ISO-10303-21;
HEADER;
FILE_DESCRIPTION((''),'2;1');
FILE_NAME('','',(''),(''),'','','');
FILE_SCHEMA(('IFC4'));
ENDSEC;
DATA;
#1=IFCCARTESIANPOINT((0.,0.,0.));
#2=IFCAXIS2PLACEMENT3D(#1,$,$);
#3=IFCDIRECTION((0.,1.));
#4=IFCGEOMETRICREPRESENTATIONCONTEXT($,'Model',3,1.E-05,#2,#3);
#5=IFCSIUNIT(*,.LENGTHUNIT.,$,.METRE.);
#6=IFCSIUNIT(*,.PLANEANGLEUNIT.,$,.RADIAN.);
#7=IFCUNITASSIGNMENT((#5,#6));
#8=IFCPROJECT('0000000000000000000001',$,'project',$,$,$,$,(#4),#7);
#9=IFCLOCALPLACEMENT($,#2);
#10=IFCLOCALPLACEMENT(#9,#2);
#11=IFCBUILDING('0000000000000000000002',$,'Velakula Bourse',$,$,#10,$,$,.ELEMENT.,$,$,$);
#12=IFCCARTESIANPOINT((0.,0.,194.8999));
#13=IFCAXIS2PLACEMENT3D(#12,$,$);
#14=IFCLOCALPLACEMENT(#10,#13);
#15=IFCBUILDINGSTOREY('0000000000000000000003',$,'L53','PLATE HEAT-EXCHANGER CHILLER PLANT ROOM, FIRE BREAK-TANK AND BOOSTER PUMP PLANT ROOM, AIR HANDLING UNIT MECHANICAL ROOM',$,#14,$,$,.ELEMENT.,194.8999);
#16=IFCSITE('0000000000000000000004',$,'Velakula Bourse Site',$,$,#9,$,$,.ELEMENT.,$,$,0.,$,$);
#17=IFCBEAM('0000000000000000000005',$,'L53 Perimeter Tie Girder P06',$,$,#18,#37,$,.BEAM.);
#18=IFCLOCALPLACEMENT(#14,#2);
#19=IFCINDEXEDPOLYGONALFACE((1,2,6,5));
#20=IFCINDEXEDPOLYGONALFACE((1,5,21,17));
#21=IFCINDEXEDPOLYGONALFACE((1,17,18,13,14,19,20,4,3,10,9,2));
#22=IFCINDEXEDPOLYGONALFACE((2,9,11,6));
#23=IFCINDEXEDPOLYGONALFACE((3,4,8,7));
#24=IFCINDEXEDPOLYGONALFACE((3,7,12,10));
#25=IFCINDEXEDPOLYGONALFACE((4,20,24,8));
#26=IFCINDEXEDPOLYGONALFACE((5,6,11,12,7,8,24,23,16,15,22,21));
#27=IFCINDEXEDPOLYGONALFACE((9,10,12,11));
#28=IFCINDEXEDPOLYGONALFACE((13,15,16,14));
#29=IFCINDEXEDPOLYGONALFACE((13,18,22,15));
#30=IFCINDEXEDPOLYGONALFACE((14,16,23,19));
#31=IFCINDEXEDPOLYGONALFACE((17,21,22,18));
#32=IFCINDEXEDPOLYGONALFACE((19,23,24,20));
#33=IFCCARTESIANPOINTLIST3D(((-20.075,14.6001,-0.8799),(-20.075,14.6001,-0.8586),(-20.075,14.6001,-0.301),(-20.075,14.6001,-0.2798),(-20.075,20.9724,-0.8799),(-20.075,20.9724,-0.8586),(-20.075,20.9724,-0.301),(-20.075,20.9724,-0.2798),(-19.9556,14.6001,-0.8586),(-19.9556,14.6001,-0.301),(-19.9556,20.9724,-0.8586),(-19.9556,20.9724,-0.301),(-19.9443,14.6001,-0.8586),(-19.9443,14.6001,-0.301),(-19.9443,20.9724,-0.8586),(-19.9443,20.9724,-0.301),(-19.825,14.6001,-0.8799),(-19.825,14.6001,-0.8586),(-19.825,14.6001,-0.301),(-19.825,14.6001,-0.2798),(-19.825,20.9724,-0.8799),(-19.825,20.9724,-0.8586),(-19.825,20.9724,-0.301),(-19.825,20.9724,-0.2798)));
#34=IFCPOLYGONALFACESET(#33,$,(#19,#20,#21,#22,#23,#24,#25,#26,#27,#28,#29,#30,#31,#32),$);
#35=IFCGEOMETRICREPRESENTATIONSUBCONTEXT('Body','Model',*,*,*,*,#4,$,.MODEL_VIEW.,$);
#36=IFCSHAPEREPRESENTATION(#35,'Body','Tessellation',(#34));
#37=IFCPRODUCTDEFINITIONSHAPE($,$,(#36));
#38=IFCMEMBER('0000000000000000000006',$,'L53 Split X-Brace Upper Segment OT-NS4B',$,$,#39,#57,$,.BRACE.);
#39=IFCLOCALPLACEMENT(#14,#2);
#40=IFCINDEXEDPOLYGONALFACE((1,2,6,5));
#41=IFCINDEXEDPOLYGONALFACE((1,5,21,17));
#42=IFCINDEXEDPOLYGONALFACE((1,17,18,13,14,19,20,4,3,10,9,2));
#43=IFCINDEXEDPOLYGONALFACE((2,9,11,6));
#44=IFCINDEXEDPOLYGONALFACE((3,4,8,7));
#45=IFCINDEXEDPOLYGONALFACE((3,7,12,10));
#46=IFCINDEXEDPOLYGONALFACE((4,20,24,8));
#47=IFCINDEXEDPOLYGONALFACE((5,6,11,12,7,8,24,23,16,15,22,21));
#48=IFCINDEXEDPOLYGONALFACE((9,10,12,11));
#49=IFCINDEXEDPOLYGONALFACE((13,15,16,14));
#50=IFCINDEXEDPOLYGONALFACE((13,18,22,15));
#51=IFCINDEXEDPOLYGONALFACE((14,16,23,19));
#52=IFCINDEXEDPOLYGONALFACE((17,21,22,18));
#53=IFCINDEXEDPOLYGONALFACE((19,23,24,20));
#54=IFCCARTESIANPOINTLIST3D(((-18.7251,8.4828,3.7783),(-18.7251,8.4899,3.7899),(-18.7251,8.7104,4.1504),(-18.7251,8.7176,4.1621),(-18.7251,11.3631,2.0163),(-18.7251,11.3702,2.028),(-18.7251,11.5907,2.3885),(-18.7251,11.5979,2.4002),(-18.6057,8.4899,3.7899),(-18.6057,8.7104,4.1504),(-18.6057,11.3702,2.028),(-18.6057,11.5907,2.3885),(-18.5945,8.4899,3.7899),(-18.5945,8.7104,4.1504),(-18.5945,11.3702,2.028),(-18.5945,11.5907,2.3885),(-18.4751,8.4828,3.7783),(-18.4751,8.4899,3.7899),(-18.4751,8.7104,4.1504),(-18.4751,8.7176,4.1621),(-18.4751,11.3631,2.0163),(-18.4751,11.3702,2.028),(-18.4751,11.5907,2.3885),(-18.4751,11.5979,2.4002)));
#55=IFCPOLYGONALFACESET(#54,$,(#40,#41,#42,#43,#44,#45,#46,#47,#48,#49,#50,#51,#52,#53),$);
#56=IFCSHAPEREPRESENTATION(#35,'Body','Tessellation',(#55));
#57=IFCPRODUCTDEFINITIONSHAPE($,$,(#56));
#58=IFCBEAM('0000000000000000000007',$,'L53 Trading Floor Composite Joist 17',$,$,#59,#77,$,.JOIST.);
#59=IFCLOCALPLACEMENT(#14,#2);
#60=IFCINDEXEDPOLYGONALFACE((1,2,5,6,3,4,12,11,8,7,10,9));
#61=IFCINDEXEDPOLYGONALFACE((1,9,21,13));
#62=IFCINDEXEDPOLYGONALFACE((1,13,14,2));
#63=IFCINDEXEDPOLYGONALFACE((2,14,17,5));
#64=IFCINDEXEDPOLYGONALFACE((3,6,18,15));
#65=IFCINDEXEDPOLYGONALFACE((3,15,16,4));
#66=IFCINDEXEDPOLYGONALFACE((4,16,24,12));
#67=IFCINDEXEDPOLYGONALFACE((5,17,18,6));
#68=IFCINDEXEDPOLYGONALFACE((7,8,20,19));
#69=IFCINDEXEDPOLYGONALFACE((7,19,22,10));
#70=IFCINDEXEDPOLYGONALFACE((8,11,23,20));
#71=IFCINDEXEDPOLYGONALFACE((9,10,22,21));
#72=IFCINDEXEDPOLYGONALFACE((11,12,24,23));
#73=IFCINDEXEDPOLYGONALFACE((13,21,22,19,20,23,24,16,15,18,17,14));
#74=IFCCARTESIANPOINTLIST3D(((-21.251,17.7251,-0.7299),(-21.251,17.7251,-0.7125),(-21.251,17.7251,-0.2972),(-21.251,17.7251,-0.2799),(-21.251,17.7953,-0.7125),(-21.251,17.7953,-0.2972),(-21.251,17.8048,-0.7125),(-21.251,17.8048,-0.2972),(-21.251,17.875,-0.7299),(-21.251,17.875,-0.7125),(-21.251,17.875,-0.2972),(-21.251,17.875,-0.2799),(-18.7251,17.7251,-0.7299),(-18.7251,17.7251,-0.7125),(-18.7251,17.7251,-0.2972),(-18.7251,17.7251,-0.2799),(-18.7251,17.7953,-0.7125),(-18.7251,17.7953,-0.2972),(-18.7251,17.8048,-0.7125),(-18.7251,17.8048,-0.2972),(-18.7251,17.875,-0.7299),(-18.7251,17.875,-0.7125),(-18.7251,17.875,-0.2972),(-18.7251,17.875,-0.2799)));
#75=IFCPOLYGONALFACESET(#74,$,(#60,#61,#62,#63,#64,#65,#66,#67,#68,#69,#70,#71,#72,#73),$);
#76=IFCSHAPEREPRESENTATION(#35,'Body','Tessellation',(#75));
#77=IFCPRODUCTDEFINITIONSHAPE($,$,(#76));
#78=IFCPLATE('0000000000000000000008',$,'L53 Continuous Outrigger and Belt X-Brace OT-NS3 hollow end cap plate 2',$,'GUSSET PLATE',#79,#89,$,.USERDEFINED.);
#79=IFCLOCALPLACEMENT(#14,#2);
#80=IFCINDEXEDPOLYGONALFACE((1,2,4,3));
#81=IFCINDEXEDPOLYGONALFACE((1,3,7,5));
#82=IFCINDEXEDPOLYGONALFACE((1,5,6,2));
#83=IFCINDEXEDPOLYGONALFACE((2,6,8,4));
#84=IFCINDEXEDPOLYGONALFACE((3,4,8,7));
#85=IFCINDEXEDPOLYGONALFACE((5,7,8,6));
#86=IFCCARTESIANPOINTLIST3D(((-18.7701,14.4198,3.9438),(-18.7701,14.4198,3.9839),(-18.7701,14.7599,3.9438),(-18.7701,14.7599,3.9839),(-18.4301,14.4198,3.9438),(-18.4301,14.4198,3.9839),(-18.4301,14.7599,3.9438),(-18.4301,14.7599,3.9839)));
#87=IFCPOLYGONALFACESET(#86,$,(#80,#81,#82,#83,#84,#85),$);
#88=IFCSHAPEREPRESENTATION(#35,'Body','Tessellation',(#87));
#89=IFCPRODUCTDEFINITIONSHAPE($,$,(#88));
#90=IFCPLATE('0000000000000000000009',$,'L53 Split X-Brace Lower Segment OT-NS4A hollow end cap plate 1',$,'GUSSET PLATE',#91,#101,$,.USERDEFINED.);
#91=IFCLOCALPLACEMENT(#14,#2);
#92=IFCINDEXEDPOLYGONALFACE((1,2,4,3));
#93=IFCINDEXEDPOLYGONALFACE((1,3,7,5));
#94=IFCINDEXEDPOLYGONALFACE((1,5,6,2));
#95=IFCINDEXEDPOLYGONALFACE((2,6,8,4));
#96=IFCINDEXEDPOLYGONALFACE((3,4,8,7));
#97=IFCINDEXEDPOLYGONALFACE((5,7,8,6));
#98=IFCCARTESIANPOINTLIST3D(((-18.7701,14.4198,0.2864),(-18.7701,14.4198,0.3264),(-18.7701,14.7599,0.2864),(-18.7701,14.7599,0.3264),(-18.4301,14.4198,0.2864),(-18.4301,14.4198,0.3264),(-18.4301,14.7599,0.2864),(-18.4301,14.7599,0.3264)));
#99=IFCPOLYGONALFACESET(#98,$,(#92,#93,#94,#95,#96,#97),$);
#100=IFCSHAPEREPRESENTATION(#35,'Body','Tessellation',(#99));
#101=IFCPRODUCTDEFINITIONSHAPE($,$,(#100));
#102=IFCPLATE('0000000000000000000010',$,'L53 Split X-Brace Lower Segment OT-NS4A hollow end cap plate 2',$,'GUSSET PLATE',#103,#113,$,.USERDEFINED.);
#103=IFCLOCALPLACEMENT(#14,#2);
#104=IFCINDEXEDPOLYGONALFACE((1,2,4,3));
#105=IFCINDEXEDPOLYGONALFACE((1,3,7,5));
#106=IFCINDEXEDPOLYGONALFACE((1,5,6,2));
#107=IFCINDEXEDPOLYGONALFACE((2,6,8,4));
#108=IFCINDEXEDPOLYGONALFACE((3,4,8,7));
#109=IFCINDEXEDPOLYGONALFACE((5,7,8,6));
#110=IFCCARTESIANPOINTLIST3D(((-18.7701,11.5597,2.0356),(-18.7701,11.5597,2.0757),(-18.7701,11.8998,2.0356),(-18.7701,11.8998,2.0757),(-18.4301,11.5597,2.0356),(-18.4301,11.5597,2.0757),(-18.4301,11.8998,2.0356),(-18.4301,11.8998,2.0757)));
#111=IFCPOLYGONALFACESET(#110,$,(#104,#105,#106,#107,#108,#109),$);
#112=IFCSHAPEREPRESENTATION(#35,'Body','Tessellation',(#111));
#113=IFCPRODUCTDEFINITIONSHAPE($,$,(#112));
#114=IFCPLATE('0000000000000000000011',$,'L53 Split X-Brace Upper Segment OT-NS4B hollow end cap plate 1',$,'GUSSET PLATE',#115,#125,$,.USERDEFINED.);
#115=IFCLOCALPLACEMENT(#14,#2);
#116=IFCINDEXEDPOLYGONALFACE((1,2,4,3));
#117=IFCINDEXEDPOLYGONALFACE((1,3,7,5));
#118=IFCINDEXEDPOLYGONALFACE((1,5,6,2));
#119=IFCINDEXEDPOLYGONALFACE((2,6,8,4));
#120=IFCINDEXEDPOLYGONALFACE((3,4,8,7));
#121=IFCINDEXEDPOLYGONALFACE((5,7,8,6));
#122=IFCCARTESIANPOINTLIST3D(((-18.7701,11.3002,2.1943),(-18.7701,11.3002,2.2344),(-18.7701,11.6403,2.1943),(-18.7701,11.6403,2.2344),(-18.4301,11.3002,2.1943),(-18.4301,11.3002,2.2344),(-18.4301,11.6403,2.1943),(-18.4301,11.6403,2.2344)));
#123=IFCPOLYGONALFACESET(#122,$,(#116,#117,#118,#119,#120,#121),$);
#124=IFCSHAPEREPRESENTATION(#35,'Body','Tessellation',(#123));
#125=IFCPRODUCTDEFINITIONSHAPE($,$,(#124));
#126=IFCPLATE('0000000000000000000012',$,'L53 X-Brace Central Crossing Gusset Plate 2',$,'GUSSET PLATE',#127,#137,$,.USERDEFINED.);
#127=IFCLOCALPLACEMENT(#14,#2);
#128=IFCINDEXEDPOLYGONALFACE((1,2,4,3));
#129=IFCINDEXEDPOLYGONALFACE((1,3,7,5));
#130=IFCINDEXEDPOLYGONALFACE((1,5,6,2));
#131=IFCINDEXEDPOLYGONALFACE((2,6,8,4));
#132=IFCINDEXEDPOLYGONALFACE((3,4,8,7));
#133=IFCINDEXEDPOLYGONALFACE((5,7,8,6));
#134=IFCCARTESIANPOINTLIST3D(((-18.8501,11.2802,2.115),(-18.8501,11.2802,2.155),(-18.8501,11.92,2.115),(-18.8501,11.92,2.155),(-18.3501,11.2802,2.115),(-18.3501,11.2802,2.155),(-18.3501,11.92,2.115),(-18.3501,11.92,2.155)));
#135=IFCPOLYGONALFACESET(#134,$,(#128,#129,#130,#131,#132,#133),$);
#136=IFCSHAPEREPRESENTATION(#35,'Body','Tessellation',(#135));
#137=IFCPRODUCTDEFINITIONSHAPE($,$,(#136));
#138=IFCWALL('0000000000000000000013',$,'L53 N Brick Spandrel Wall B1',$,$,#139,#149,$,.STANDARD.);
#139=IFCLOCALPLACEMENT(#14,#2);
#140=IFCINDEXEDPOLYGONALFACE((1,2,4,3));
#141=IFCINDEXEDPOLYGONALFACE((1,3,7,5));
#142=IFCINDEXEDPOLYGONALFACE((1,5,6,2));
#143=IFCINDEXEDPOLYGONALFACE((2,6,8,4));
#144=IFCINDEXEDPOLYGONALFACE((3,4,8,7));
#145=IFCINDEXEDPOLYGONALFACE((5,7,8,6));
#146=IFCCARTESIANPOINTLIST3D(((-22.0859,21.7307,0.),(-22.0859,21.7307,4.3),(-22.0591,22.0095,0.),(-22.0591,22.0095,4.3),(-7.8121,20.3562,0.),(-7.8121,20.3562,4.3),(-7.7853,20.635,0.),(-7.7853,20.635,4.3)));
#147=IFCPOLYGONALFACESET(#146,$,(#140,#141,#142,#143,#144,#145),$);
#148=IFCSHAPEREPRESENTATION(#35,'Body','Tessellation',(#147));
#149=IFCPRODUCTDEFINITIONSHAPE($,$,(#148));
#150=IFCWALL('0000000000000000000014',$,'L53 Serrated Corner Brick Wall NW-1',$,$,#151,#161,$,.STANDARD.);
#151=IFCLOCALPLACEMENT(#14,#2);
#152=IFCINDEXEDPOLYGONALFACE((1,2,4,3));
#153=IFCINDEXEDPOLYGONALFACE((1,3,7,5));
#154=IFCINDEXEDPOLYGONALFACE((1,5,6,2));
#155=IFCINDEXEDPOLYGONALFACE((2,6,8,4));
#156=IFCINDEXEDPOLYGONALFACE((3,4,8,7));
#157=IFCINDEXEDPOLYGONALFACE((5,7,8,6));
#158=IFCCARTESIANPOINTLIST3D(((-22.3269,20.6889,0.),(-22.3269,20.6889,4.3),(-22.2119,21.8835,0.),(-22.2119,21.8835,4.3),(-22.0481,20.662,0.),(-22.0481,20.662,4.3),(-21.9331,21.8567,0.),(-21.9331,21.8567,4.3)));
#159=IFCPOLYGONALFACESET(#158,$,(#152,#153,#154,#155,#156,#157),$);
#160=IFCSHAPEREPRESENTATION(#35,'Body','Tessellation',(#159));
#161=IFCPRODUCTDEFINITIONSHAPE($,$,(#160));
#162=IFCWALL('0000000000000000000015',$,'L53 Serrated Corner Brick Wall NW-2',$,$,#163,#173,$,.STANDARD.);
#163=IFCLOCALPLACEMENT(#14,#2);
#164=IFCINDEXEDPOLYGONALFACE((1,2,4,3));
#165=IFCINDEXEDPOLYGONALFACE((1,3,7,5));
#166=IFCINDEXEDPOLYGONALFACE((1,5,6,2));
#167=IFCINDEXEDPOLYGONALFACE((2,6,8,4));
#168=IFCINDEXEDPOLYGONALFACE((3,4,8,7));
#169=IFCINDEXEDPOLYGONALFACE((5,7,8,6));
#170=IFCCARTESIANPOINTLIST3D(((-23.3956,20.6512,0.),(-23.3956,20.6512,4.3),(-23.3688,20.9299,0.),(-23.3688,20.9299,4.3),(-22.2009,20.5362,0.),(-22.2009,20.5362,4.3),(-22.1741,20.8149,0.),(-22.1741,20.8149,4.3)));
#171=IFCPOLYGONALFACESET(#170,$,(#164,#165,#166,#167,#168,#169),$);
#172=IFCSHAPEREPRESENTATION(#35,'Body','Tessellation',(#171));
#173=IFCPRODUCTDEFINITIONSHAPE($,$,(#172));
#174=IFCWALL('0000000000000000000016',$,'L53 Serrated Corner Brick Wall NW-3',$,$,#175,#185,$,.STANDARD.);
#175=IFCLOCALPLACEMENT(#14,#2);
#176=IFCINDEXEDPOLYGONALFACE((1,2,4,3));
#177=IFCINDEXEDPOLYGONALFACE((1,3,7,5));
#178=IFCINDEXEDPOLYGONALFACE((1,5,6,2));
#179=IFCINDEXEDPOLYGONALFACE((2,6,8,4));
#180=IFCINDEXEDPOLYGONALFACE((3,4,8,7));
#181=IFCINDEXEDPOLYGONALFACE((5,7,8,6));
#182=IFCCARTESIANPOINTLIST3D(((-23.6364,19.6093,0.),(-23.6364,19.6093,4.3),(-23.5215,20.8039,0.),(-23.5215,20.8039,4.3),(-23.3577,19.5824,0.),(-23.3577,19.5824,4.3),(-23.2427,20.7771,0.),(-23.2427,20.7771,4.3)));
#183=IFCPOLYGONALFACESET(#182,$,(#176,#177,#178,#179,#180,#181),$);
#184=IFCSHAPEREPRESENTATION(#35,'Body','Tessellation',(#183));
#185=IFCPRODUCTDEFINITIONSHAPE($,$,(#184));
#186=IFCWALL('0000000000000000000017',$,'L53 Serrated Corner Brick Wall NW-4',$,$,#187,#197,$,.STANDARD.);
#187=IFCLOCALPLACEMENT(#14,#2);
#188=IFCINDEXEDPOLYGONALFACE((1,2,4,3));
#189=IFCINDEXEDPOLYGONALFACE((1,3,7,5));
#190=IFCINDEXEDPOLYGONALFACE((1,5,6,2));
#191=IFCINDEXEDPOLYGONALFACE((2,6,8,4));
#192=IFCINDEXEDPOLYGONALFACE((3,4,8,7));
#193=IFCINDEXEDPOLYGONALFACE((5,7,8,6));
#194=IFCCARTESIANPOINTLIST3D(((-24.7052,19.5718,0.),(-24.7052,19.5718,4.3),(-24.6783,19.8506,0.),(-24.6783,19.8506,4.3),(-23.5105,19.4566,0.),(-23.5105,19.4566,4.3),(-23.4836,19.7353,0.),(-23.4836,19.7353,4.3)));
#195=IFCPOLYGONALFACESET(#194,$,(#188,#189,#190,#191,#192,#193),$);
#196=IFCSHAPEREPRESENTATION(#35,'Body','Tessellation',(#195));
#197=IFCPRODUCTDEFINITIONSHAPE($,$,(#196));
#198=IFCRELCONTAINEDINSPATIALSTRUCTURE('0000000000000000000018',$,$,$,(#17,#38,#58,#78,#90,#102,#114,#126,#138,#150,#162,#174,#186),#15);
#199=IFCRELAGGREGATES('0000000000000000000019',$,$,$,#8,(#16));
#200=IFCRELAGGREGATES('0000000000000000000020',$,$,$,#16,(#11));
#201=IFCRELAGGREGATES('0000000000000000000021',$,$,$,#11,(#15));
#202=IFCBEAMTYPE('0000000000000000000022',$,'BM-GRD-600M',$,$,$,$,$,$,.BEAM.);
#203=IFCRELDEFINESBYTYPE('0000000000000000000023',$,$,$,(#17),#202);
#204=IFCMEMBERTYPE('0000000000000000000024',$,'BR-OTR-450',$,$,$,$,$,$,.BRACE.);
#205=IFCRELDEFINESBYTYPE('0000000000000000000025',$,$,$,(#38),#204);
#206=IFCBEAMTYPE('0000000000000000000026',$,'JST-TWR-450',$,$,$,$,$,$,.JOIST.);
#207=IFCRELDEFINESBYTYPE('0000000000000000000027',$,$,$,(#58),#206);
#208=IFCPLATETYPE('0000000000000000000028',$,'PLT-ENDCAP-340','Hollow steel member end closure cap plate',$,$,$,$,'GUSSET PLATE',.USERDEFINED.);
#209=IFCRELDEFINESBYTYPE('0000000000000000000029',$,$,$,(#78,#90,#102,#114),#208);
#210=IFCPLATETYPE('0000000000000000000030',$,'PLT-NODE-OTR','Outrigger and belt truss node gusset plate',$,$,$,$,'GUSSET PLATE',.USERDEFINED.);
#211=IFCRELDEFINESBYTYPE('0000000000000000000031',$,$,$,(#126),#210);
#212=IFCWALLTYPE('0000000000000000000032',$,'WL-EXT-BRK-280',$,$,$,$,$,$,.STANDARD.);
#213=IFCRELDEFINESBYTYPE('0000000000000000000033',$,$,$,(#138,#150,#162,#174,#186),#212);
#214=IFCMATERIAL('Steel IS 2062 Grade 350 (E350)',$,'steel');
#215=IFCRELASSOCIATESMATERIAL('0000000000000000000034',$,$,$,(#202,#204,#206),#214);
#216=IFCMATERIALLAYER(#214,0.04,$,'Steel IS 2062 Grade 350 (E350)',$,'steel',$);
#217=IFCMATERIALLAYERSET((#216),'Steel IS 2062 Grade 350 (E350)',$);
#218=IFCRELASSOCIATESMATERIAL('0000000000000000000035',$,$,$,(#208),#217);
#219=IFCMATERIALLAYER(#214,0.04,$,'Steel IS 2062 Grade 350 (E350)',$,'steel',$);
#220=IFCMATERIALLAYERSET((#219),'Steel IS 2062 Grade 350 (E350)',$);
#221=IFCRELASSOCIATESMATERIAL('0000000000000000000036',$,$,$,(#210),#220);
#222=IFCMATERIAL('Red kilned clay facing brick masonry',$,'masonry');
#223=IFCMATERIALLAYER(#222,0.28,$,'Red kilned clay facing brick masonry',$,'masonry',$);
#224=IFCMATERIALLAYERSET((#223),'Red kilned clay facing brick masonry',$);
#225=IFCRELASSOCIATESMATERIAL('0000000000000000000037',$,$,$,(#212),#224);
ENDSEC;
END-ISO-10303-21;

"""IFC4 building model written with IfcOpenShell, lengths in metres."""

from ifc_helpers import new_model, si_unit, direction, frame, frame_2d, origin, origin_2d, place, context, subcontext, project, spatial, rectangle, i_section, extrude, material, layer, layer_set, material_profile, profile_set, type_object, element, save


model = new_model("IFC4")

# Units and contexts
model_context = context("Model", 3, precision=1e-05, world=origin(), true_north=direction((0.0, 1.0)))
body_context = subcontext(model_context, "Body", "Model", "MODEL_VIEW")
ifc_project = project(units=[si_unit("LENGTHUNIT", "METRE"), si_unit("PLANEANGLEUNIT", "RADIAN")], contexts=[model_context])

# Site, building, storey
site_placement = place(None, origin())
site = spatial("IfcSite", under=ifc_project, at=site_placement, Name="Velakula Bourse Site", CompositionType="ELEMENT", RefElevation=0.0)
building_placement = place(site_placement, origin())
building = spatial("IfcBuilding", under=site, at=building_placement, Name="Velakula Bourse", CompositionType="ELEMENT")
storey_placement = place(building_placement, frame((0.0, 0.0, 194.8999)))
storey = spatial("IfcBuildingStorey", under=building, at=storey_placement, Name="L53", Description="PLATE HEAT-EXCHANGER CHILLER PLANT ROOM, FIRE BREAK-TANK AND BOOSTER PUMP PLANT ROOM, AIR HANDLING UNIT MECHANICAL ROOM", CompositionType="ELEMENT", Elevation=194.8999)

# Shared definitions
ifc_material_1 = material(Name="Steel IS 2062 Grade 350 (E350)", Category="steel")

# Beam
ifc_material_profile_1 = material_profile(ifc_material_1, i_section(OverallWidth=0.25, OverallDepth=0.6001, WebThickness=0.0112, FlangeThickness=0.0212, at=origin_2d()), Name="Steel IS 2062 Grade 350 (E350)")
ifc_profile_set_1 = profile_set([ifc_material_profile_1], Name="Steel IS 2062 Grade 350 (E350)")
beam_type_1 = type_object("IfcBeamType", Name="BM-GRD-600M", PredefinedType="BEAM", material=ifc_profile_set_1)
beam_1_placement = place(storey_placement, frame((-19.95, 14.6001, -0.5798), z_axis=(0.0, 1.0, 0.0), x_axis=(-1.0, 0.0, 0.0)))
element("IfcBeam", 1, at=beam_1_placement, inside=storey, type_object=beam_type_1, Name="L53 Perimeter Tie Girder P06", PredefinedType="BEAM", context=body_context, shape_type="SweptSolid", body=[
    extrude(i_section(OverallWidth=0.25, OverallDepth=0.6001, WebThickness=0.0112, FlangeThickness=0.0212, at=origin_2d()), origin(), (0.0, 0.0, 1.0), 6.3723),
])

# Member
ifc_material_profile_2 = material_profile(ifc_material_1, i_section(OverallWidth=0.25, OverallDepth=0.45, WebThickness=0.0112, FlangeThickness=0.0137, at=origin_2d()), Name="Steel IS 2062 Grade 350 (E350)")
ifc_profile_set_2 = profile_set([ifc_material_profile_2], Name="Steel IS 2062 Grade 350 (E350)")
member_type = type_object("IfcMemberType", Name="BR-OTR-450", PredefinedType="BRACE", material=ifc_profile_set_2)
member_placement = place(storey_placement, frame((-18.6001, 11.4805, 2.2083), z_axis=(0.0, -0.853053, 0.521824), x_axis=(1.0, 0.0, 0.0)))
element("IfcMember", 2, at=member_placement, inside=storey, type_object=member_type, Name="L53 Split X-Brace Upper Segment OT-NS4B", PredefinedType="BRACE", context=body_context, shape_type="SweptSolid", body=[
    extrude(i_section(OverallWidth=0.25, OverallDepth=0.45, WebThickness=0.0112, FlangeThickness=0.0137, at=origin_2d()), origin(), (0.0, 0.0, 1.0), 3.3765),
])

# Beam
ifc_material_profile_3 = material_profile(ifc_material_1, i_section(OverallWidth=0.1499, OverallDepth=0.45, WebThickness=0.0095, FlangeThickness=0.0173, at=origin_2d()), Name="Steel IS 2062 Grade 350 (E350)")
ifc_profile_set_3 = profile_set([ifc_material_profile_3], Name="Steel IS 2062 Grade 350 (E350)")
beam_type_2 = type_object("IfcBeamType", Name="JST-TWR-450", PredefinedType="JOIST", material=ifc_profile_set_3)
beam_2_placement = place(storey_placement, frame((-21.251, 17.8, -0.5049), z_axis=(1.0, 0.0, 0.0), x_axis=(0.0, 1.0, 0.0)))
element("IfcBeam", 3, at=beam_2_placement, inside=storey, type_object=beam_type_2, Name="L53 Trading Floor Composite Joist 17", PredefinedType="JOIST", context=body_context, shape_type="SweptSolid", body=[
    extrude(i_section(OverallWidth=0.1499, OverallDepth=0.45, WebThickness=0.0095, FlangeThickness=0.0173, at=origin_2d()), origin(), (0.0, 0.0, 1.0), 2.5259),
])

# Plates
ifc_layer_1 = layer(ifc_material_1, 0.04, Name="Steel IS 2062 Grade 350 (E350)", Category="steel")
ifc_layer_set_1 = layer_set([ifc_layer_1], Name="Steel IS 2062 Grade 350 (E350)")
plate_type_1 = type_object("IfcPlateType", Name="PLT-ENDCAP-340", Description="Hollow steel member end closure cap plate", ElementType="GUSSET PLATE", PredefinedType="USERDEFINED", material=ifc_layer_set_1)
for number, where, z_axis, x_axis, name in (
    (4, (-18.6001, 14.5898, 3.9438), (0.0, 0.0, 1.0), (0.0, 1.0, 0.0), "L53 Continuous Outrigger and Belt X-Brace OT-NS3 hollow end cap plate 2"),
    (5, (-18.6001, 14.5898, 0.2864), (0.0, 0.0, 1.0), (0.0, -1.0, 0.0), "L53 Split X-Brace Lower Segment OT-NS4A hollow end cap plate 1"),
    (6, (-18.6001, 11.7297, 2.0356), (0.0, 0.0, 1.0), (0.0, -1.0, 0.0), "L53 Split X-Brace Lower Segment OT-NS4A hollow end cap plate 2"),
    (7, (-18.6001, 11.4702, 2.1943), (0.0, 0.0, 1.0), (0.0, -1.0, 0.0), "L53 Split X-Brace Upper Segment OT-NS4B hollow end cap plate 1"),
):
    element("IfcPlate", number, at=place(storey_placement, frame(where, z_axis=z_axis, x_axis=x_axis)), inside=storey, type_object=plate_type_1, Name=name, ObjectType="GUSSET PLATE", PredefinedType="USERDEFINED", context=body_context, shape_type="SweptSolid", body=[
        extrude(rectangle(XDim=0.3401, YDim=0.3401, at=origin_2d()), origin(), (0.0, 0.0, 1.0), 0.04),
    ])
ifc_layer_2 = layer(ifc_material_1, 0.04, Name="Steel IS 2062 Grade 350 (E350)", Category="steel")
ifc_layer_set_2 = layer_set([ifc_layer_2], Name="Steel IS 2062 Grade 350 (E350)")
plate_type_2 = type_object("IfcPlateType", Name="PLT-NODE-OTR", Description="Outrigger and belt truss node gusset plate", ElementType="GUSSET PLATE", PredefinedType="USERDEFINED", material=ifc_layer_set_2)
plate_placement = place(storey_placement, frame((-18.6001, 11.6001, 2.115), z_axis=(0.0, 0.0, 1.0), x_axis=(0.0, 1.0, 0.0)))
element("IfcPlate", 8, at=plate_placement, inside=storey, type_object=plate_type_2, Name="L53 X-Brace Central Crossing Gusset Plate 2", ObjectType="GUSSET PLATE", PredefinedType="USERDEFINED", context=body_context, shape_type="SweptSolid", body=[
    extrude(rectangle(XDim=0.6399, YDim=0.5, at=origin_2d()), origin(), (0.0, 0.0, 1.0), 0.04),
])

# Walls
ifc_material_2 = material(Name="Red kilned clay facing brick masonry", Category="masonry")
ifc_layer_3 = layer(ifc_material_2, 0.28, Name="Red kilned clay facing brick masonry", Category="masonry")
ifc_layer_set_3 = layer_set([ifc_layer_3], Name="Red kilned clay facing brick masonry")
wall_type = type_object("IfcWallType", Name="WL-EXT-BRK-280", PredefinedType="STANDARD", material=ifc_layer_set_3)
wall_placement = place(storey_placement, frame((-22.0725, 21.8701, 0.0), z_axis=(0.0, 0.0, 1.0), x_axis=(0.995396, -0.095852, 0.0)))
element("IfcWall", 9, at=wall_placement, inside=storey, type_object=wall_type, Name="L53 N Brick Spandrel Wall B1", PredefinedType="STANDARD", context=body_context, shape_type="SweptSolid", body=[
    extrude(rectangle(XDim=14.3398, YDim=0.28, at=frame_2d((7.1699, 0.0))), origin(), (0.0, 0.0, 1.0), 4.3),
])
for number, where, z_axis, x_axis, name in (
    (10, (-22.0725, 21.8701, 0.0), (0.0, 0.0, 1.0), (-0.095817, -0.995399, 0.0), "L53 Serrated Corner Brick Wall NW-1"),
    (11, (-22.1875, 20.6755, 0.0), (0.0, 0.0, 1.0), (-0.995399, 0.095817, 0.0), "L53 Serrated Corner Brick Wall NW-2"),
    (12, (-23.3821, 20.7905, 0.0), (0.0, 0.0, 1.0), (-0.095817, -0.995399, 0.0), "L53 Serrated Corner Brick Wall NW-3"),
    (13, (-23.4971, 19.5959, 0.0), (0.0, 0.0, 1.0), (-0.99538, 0.096019, 0.0), "L53 Serrated Corner Brick Wall NW-4"),
):
    element("IfcWall", number, at=place(storey_placement, frame(where, z_axis=z_axis, x_axis=x_axis)), inside=storey, type_object=wall_type, Name=name, PredefinedType="STANDARD", context=body_context, shape_type="SweptSolid", body=[
        extrude(rectangle(XDim=1.2002, YDim=0.28, at=frame_2d((0.6001, 0.0))), origin(), (0.0, 0.0, 1.0), 4.3),
    ])

save(model, "model.ifc")
